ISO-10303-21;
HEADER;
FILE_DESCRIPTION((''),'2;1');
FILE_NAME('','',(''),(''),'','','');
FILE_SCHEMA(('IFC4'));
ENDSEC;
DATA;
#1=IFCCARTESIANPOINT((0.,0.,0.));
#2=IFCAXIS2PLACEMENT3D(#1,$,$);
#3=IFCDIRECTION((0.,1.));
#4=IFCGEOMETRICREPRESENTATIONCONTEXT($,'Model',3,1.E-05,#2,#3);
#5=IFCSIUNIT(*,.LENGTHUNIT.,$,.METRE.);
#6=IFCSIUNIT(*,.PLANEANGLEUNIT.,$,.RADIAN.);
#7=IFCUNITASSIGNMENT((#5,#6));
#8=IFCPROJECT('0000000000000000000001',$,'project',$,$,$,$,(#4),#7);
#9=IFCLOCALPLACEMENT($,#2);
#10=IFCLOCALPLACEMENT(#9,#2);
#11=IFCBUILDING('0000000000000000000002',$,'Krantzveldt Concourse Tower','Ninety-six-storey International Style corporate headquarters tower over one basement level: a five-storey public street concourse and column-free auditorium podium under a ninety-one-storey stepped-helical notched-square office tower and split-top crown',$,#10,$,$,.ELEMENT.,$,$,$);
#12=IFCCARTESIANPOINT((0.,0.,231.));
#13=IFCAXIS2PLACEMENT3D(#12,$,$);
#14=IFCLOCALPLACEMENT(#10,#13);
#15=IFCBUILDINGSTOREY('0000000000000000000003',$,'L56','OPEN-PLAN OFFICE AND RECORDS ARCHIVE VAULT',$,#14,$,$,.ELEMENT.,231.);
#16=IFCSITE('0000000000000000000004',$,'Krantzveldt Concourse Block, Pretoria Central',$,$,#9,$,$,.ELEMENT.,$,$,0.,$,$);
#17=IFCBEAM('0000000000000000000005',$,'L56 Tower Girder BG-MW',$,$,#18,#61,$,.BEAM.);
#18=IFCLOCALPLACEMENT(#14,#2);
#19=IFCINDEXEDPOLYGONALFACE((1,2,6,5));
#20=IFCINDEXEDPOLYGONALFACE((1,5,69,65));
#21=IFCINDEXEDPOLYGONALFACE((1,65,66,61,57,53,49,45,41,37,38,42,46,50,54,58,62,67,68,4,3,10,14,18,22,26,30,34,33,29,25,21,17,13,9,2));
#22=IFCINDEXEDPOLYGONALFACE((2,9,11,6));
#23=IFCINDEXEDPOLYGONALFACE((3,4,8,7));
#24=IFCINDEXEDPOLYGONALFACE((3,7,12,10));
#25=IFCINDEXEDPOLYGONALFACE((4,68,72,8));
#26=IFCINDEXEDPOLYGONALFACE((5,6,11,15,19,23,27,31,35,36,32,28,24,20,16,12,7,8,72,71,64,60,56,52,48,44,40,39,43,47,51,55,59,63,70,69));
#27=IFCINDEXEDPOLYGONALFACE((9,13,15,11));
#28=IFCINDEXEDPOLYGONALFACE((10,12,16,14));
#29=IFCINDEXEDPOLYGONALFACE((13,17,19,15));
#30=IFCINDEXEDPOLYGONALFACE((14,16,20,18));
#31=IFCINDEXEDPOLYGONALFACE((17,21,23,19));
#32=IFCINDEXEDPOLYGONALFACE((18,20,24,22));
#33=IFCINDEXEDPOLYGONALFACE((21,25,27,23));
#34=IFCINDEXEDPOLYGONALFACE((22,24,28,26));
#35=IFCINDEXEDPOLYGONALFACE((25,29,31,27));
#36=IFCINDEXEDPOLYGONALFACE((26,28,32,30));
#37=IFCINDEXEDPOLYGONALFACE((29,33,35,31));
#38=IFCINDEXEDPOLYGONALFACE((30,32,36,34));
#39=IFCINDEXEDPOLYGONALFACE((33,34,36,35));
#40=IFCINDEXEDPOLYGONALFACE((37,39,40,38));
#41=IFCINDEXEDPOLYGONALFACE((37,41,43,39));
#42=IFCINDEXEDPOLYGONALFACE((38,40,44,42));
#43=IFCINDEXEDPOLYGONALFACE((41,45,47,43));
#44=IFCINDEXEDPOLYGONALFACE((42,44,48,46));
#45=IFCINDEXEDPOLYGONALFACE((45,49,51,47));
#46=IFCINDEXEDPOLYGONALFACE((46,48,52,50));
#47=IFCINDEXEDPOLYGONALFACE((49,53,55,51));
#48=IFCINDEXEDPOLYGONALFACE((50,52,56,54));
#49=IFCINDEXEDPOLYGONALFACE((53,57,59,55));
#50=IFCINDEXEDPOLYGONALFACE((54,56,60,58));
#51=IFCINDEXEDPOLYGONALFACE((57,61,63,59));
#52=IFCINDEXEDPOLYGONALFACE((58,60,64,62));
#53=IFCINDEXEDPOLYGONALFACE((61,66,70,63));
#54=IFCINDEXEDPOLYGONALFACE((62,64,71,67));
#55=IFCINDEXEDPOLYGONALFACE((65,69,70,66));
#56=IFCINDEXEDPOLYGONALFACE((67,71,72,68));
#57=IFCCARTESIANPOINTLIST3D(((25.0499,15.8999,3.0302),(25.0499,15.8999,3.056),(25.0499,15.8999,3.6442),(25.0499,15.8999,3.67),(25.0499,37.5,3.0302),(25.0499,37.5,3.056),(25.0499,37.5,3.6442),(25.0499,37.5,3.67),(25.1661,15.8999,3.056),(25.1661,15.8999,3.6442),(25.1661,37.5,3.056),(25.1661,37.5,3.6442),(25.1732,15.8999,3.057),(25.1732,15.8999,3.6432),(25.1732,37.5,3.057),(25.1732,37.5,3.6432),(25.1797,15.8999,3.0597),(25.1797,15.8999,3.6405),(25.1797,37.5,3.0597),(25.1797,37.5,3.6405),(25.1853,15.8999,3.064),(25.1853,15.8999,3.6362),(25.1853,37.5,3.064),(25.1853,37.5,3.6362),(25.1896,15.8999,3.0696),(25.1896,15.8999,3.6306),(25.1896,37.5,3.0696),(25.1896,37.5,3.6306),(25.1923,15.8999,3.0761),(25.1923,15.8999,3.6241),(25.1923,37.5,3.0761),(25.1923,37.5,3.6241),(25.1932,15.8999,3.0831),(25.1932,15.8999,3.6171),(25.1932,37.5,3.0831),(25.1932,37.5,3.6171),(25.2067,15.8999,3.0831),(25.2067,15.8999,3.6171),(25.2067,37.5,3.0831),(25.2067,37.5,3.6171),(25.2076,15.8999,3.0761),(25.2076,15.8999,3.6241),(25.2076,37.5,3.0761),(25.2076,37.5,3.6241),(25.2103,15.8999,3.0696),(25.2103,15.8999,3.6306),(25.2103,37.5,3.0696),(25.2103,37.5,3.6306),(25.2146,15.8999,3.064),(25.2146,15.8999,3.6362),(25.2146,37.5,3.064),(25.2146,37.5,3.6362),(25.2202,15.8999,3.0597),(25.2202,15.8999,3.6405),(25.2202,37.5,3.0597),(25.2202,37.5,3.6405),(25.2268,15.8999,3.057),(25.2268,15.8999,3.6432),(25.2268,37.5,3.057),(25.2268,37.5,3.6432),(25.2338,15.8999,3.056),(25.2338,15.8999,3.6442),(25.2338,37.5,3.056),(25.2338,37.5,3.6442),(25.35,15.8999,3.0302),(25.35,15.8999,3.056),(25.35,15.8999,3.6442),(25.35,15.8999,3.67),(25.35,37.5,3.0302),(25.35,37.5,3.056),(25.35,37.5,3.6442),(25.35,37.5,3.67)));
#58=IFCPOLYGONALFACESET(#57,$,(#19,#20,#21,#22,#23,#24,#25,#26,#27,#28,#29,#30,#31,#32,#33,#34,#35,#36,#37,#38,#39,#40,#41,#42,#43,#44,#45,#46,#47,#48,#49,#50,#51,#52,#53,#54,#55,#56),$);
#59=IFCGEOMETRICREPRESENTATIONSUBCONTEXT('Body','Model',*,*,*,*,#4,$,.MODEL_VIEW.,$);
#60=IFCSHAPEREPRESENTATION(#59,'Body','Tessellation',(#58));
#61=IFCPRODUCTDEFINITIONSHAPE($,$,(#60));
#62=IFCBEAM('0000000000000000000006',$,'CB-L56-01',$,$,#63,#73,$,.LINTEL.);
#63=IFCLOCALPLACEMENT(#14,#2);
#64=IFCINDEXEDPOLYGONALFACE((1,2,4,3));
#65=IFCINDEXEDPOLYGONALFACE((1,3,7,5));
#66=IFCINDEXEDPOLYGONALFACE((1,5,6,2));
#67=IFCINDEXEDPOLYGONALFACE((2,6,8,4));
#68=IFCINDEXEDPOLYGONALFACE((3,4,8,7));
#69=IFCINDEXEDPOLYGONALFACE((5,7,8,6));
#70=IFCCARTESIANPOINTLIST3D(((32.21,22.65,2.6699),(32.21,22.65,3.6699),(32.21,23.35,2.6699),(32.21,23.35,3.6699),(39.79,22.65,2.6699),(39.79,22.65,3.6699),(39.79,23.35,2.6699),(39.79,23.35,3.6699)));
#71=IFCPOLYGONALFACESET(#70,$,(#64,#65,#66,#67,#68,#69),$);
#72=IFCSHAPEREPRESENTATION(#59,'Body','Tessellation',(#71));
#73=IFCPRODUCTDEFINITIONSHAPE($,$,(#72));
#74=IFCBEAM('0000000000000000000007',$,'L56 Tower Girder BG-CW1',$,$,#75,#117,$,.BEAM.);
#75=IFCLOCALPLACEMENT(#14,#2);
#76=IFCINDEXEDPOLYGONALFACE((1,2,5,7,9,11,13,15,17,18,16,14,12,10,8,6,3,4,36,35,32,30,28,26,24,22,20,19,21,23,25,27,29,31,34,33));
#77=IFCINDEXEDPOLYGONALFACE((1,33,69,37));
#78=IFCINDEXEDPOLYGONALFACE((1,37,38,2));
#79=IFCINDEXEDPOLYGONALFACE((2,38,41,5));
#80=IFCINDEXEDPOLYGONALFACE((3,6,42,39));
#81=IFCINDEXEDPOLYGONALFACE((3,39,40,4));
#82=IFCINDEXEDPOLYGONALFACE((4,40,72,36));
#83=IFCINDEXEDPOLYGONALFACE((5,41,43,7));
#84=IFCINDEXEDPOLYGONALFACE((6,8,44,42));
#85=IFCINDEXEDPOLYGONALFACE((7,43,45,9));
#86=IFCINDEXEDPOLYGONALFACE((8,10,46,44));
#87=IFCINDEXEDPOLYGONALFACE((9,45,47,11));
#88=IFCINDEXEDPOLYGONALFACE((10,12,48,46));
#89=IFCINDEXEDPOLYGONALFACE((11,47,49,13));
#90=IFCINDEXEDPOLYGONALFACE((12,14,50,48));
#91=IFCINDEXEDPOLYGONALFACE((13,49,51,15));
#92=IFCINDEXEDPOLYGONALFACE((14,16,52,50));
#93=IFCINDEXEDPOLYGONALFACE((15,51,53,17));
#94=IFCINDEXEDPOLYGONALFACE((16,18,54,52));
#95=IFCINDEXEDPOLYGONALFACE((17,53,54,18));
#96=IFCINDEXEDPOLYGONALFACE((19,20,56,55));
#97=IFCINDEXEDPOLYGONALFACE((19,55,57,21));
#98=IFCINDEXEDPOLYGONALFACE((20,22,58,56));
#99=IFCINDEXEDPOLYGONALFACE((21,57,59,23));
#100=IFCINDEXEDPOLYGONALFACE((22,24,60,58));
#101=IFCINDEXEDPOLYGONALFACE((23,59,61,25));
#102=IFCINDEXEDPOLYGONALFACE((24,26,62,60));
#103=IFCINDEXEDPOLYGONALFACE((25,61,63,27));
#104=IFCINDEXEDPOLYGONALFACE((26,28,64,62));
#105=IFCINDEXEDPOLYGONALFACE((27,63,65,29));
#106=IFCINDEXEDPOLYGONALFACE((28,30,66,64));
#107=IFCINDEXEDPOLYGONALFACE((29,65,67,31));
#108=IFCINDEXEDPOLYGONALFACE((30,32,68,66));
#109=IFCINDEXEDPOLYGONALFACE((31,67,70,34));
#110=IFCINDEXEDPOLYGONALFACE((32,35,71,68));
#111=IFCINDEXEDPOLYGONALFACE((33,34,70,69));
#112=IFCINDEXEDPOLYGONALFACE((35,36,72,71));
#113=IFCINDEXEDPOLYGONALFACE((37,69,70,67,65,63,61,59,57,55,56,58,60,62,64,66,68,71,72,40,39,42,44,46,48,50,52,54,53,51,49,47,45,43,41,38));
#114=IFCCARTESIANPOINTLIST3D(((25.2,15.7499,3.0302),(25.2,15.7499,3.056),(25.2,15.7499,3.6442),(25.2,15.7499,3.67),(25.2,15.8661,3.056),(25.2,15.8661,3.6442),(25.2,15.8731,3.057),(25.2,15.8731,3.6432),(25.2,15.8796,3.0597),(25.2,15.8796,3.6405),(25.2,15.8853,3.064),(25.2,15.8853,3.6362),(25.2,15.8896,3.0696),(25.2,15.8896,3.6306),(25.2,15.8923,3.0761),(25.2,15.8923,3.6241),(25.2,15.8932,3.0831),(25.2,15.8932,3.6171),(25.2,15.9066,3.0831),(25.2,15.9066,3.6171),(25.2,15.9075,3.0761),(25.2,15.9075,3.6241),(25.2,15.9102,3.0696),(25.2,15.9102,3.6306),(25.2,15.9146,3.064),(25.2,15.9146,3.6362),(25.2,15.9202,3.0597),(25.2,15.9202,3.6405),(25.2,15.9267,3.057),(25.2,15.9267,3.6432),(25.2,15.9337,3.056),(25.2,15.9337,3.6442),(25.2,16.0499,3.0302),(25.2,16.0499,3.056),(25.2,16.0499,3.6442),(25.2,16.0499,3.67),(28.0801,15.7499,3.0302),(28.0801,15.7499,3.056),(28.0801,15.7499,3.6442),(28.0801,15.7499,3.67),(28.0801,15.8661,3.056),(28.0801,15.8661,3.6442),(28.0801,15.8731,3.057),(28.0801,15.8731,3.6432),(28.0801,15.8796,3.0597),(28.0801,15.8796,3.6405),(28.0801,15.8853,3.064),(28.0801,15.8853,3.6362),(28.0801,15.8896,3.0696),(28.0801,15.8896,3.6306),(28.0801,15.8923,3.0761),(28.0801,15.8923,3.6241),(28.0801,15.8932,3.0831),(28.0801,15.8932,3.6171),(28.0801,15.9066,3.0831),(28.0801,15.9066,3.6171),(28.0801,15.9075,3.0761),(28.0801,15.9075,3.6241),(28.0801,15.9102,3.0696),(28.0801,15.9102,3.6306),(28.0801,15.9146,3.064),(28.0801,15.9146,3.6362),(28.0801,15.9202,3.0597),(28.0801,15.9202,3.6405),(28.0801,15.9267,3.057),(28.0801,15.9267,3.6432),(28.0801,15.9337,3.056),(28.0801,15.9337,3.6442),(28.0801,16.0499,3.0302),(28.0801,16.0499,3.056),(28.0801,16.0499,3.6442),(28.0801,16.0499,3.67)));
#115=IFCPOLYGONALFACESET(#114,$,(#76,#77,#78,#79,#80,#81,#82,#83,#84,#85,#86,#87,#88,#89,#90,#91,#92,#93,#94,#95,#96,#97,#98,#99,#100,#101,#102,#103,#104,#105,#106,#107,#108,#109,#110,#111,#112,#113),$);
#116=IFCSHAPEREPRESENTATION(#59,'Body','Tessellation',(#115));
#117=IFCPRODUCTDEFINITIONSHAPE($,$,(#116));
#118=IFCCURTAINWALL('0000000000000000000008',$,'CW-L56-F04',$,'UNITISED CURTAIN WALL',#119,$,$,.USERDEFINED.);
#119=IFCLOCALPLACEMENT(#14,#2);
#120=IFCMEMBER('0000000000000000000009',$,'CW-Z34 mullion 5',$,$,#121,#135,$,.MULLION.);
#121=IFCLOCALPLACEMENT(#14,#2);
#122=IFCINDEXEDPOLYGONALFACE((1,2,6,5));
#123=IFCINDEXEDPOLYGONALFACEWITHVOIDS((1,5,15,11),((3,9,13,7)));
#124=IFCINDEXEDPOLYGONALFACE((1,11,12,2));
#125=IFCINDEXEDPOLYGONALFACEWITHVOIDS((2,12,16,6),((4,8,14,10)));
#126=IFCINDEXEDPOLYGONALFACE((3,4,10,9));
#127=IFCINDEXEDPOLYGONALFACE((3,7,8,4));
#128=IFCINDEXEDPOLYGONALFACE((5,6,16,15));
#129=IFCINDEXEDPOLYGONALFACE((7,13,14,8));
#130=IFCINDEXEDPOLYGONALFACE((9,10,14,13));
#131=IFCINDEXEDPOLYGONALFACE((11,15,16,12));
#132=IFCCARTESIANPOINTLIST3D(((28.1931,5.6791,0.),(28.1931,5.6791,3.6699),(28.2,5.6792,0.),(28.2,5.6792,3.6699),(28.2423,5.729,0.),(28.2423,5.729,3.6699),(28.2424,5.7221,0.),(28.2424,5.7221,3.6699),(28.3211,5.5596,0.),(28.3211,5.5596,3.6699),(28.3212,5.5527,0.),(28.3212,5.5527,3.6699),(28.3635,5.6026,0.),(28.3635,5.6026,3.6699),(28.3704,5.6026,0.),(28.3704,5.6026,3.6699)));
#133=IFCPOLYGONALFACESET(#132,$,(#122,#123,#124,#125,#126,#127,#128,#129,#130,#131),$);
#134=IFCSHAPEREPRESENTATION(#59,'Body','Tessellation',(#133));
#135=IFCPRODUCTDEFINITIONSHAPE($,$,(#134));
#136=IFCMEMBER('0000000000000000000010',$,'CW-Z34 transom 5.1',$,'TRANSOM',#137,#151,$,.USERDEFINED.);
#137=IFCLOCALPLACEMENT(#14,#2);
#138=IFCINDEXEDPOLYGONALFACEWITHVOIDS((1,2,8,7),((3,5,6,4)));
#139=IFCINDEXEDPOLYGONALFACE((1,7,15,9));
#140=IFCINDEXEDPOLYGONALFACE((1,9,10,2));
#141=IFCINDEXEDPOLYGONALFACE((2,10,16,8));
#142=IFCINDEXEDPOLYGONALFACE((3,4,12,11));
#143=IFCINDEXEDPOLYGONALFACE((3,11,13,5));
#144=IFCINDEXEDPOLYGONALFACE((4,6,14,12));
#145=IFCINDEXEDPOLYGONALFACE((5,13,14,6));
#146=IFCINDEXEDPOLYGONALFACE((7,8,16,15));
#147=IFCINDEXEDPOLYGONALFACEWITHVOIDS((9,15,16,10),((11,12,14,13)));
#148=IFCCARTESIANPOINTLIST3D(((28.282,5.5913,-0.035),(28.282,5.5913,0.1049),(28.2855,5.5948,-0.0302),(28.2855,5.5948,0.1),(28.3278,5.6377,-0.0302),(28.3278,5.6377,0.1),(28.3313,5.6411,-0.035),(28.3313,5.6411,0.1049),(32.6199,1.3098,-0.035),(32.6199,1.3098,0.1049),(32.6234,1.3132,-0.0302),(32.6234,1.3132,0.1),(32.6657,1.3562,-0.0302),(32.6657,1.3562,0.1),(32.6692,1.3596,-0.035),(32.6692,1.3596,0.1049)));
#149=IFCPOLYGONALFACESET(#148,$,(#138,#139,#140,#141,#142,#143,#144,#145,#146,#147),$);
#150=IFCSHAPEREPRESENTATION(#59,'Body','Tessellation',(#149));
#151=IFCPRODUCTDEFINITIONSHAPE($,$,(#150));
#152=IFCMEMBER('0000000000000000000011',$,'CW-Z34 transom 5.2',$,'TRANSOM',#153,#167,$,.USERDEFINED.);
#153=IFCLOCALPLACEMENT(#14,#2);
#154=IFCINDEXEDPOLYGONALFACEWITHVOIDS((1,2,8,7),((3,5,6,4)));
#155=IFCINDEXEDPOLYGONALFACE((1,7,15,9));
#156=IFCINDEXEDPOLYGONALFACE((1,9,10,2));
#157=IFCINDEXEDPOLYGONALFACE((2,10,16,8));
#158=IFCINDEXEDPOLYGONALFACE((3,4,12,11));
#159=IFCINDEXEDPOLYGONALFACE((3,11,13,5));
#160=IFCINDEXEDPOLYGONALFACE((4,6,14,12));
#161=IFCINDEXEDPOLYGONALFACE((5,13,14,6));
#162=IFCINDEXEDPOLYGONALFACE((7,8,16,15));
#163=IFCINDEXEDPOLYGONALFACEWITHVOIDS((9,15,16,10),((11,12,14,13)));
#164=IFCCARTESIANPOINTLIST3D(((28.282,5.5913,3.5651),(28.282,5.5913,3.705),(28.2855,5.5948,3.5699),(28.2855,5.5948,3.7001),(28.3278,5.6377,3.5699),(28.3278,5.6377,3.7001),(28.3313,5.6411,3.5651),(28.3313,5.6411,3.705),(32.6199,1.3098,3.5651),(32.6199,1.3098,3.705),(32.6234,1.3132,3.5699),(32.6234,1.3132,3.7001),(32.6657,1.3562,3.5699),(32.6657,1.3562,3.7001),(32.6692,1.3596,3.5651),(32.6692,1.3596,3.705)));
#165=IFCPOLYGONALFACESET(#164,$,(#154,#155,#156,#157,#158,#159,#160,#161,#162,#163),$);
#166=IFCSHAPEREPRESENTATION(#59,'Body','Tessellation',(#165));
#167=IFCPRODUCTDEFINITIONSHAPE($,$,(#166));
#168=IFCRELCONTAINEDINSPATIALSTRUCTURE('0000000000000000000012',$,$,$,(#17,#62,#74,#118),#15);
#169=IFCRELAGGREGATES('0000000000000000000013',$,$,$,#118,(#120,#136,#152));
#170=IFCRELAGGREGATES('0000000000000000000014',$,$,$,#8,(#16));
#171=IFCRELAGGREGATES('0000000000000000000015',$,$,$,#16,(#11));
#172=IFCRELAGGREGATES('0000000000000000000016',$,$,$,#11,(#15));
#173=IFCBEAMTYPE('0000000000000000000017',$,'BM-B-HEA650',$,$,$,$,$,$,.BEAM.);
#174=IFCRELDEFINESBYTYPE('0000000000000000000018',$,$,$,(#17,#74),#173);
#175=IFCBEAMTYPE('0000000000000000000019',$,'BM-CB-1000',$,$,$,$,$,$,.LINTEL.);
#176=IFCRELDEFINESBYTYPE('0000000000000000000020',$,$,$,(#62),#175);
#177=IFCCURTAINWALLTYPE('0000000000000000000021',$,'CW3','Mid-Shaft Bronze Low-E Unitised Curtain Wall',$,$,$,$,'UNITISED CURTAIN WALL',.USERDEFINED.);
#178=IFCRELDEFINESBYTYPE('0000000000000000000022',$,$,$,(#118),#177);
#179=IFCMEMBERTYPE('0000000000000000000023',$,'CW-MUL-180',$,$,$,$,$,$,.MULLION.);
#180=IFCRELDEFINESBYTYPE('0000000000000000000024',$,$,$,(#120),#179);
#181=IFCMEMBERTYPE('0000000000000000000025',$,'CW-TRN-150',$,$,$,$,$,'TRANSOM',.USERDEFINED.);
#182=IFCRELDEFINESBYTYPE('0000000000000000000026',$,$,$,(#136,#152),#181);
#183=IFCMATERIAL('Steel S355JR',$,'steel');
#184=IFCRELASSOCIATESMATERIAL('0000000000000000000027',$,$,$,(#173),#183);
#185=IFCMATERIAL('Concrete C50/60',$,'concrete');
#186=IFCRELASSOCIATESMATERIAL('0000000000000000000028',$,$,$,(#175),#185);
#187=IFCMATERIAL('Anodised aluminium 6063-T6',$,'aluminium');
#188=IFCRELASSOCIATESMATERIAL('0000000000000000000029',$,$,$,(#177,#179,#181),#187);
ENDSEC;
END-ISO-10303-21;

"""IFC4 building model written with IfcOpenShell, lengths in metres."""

from ifc_helpers import new_model, si_unit, direction, frame, origin, origin_2d, place, context, subcontext, project, spatial, rectangle, hollow_rectangle, i_section, extrude, source, transform, mapped, material, material_profile, profile_set, type_object, type_shapes, element, aggregate, save


model = new_model("IFC4")

# Units and contexts
model_context = context("Model", 3, precision=1e-05, world=origin(), true_north=direction((0.0, 1.0)))
body_context = subcontext(model_context, "Body", "Model", "MODEL_VIEW")
ifc_project = project(units=[si_unit("LENGTHUNIT", "METRE"), si_unit("PLANEANGLEUNIT", "RADIAN")], contexts=[model_context])

# Site, building, storey
site_placement = place(None, origin())
site = spatial("IfcSite", under=ifc_project, at=site_placement, Name="Krantzveldt Concourse Block, Pretoria Central", CompositionType="ELEMENT", RefElevation=0.0)
building_placement = place(site_placement, origin())
building = spatial("IfcBuilding", under=site, at=building_placement, Name="Krantzveldt Concourse Tower", Description="Ninety-six-storey International Style corporate headquarters tower over one basement level: a five-storey public street concourse and column-free auditorium podium under a ninety-one-storey stepped-helical notched-square office tower and split-top crown", CompositionType="ELEMENT")
storey_placement = place(building_placement, frame((0.0, 0.0, 231.0)))
storey = spatial("IfcBuildingStorey", under=building, at=storey_placement, Name="L56", Description="OPEN-PLAN OFFICE AND RECORDS ARCHIVE VAULT", CompositionType="ELEMENT", Elevation=231.0)

# Beams
ifc_material_1 = material(Name="Steel S355JR", Category="steel")
ifc_material_profile_1 = material_profile(ifc_material_1, i_section(OverallWidth=0.3, OverallDepth=0.6399, WebThickness=0.0134, FlangeThickness=0.0259, FilletRadius=0.0271, at=origin_2d()), Name="Steel S355JR", Category="steel")
ifc_profile_set_1 = profile_set([ifc_material_profile_1], Name="Steel S355JR - HEA 650")
beam_type_1 = type_object("IfcBeamType", Name="BM-B-HEA650", PredefinedType="BEAM", material=ifc_profile_set_1)
shared_shape_1 = source(origin(), body_context, "Body", "SweptSolid", [
    extrude(i_section(OverallWidth=0.3, OverallDepth=0.6399, WebThickness=0.0134, FlangeThickness=0.0259, FilletRadius=0.0271, at=origin_2d()), origin(), (0.0, 0.0, 1.0), 21.6001),
])
beam_1_placement = place(storey_placement, frame((25.2, 15.8999, 3.3501), z_axis=(0.0, 1.0, 0.0), x_axis=(-1.0, 0.0, 0.0)))
element("IfcBeam", 1, at=beam_1_placement, inside=storey, type_object=beam_type_1, Name="L56 Tower Girder BG-MW", PredefinedType="BEAM", context=body_context, shape_type="MappedRepresentation", body=[
    mapped(shared_shape_1, transform((0.0, 0.0, 0.0), x_axis=(1.0, 0.0, 0.0), y_axis=(0.0, 1.0, 0.0), z_axis=(0.0, 0.0, 1.0), scale=1.0)),
])
ifc_material_2 = material(Name="Concrete C50/60", Category="concrete")
ifc_material_profile_2 = material_profile(ifc_material_2, rectangle(XDim=0.7, YDim=1.0, at=origin_2d()), Name="Concrete C50/60", Category="concrete")
ifc_profile_set_2 = profile_set([ifc_material_profile_2], Name="Concrete C50/60 - RC-CB 700x1000")
beam_type_2 = type_object("IfcBeamType", Name="BM-CB-1000", PredefinedType="LINTEL", material=ifc_profile_set_2)
shared_shape_2 = source(origin(), body_context, "Body", "SweptSolid", [
    extrude(rectangle(XDim=0.7, YDim=1.0, at=origin_2d()), origin(), (0.0, 0.0, 1.0), 7.5801),
])
type_shapes(beam_type_2, [shared_shape_2])
beam_2_placement = place(storey_placement, frame((32.21, 23.0, 3.1699), z_axis=(1.0, 0.0, 0.0), x_axis=(0.0, 1.0, 0.0)))
element("IfcBeam", 2, at=beam_2_placement, inside=storey, type_object=beam_type_2, Name="CB-L56-01", PredefinedType="LINTEL", context=body_context, shape_type="MappedRepresentation", body=[
    mapped(shared_shape_2, transform((0.0, 0.0, 0.0), x_axis=(1.0, 0.0, 0.0), y_axis=(0.0, 1.0, 0.0), z_axis=(0.0, 0.0, 1.0), scale=1.0)),
])
shared_shape_3 = source(origin(), body_context, "Body", "SweptSolid", [
    extrude(i_section(OverallWidth=0.3, OverallDepth=0.6399, WebThickness=0.0134, FlangeThickness=0.0259, FilletRadius=0.0271, at=origin_2d()), origin(), (0.0, 0.0, 1.0), 2.8801),
])
type_shapes(beam_type_1, [shared_shape_1, shared_shape_3])
beam_3_placement = place(storey_placement, frame((25.2, 15.8999, 3.3501), z_axis=(1.0, 0.0, 0.0), x_axis=(0.0, 1.0, 0.0)))
element("IfcBeam", 3, at=beam_3_placement, inside=storey, type_object=beam_type_1, Name="L56 Tower Girder BG-CW1", PredefinedType="BEAM", context=body_context, shape_type="MappedRepresentation", body=[
    mapped(shared_shape_3, transform((0.0, 0.0, 0.0), x_axis=(1.0, 0.0, 0.0), y_axis=(0.0, 1.0, 0.0), z_axis=(0.0, 0.0, 1.0), scale=1.0)),
])

# Curtain wall, members
ifc_material_3 = material(Name="Anodised aluminium 6063-T6", Category="aluminium")
curtain_wall_type = type_object("IfcCurtainWallType", Name="CW3", Description="Mid-Shaft Bronze Low-E Unitised Curtain Wall", ElementType="UNITISED CURTAIN WALL", PredefinedType="USERDEFINED", material=ifc_material_3)
curtain_wall_placement = place(storey_placement, origin())
curtain_wall = element("IfcCurtainWall", 4, at=curtain_wall_placement, inside=storey, type_object=curtain_wall_type, Name="CW-L56-F04", ObjectType="UNITISED CURTAIN WALL", PredefinedType="USERDEFINED")
ifc_material_profile_3 = material_profile(ifc_material_3, hollow_rectangle(XDim=0.0701, YDim=0.1799, WallThickness=0.0049, at=origin_2d()), Name="Anodised aluminium 6063-T6", Category="aluminium")
ifc_profile_set_3 = profile_set([ifc_material_profile_3], Name="Anodised aluminium 6063-T6 - ALU-MULL 180x70x5")
member_type_1 = type_object("IfcMemberType", Name="CW-MUL-180", PredefinedType="MULLION", material=ifc_profile_set_3)
shared_shape_4 = source(origin(), body_context, "Body", "SweptSolid", [
    extrude(hollow_rectangle(XDim=0.0701, YDim=0.1799, WallThickness=0.0049, at=origin_2d()), origin(), (0.0, 0.0, 1.0), 3.6699),
])
type_shapes(member_type_1, [shared_shape_4])
member_1_placement = place(storey_placement, frame((28.2817, 5.6409, 0.0), z_axis=(0.0, 0.0, 1.0), x_axis=(0.702464, 0.71172, 0.0)))
member_1 = element("IfcMember", 5, at=member_1_placement, type_object=member_type_1, Name="CW-Z34 mullion 5", PredefinedType="MULLION", context=body_context, shape_type="MappedRepresentation", body=[
    mapped(shared_shape_4, transform((0.0, 0.0, 0.0), x_axis=(1.0, 0.0, 0.0), y_axis=(0.0, 1.0, 0.0), z_axis=(0.0, 0.0, 1.0), scale=1.0)),
])
ifc_material_profile_4 = material_profile(ifc_material_3, hollow_rectangle(XDim=0.0701, YDim=0.1399, WallThickness=0.0049, at=origin_2d()), Name="Anodised aluminium 6063-T6", Category="aluminium")
ifc_profile_set_4 = profile_set([ifc_material_profile_4], Name="Anodised aluminium 6063-T6 - ALU-TRAN 140x70x5")
member_type_2 = type_object("IfcMemberType", Name="CW-TRN-150", ElementType="TRANSOM", PredefinedType="USERDEFINED", material=ifc_profile_set_4)
shared_shape_5 = source(origin(), body_context, "Body", "SweptSolid", [
    extrude(hollow_rectangle(XDim=0.0701, YDim=0.1399, WallThickness=0.0049, at=origin_2d()), origin(), (0.0, 0.0, 1.0), 6.095),
])
type_shapes(member_type_2, [shared_shape_5])
member_2_placement = place(storey_placement, frame((28.3066, 5.6162, 0.0349), z_axis=(0.711718, -0.702465, 0.0), x_axis=(0.702465, 0.711718, 0.0)))
member_2 = element("IfcMember", 6, at=member_2_placement, type_object=member_type_2, Name="CW-Z34 transom 5.1", ObjectType="TRANSOM", PredefinedType="USERDEFINED", context=body_context, shape_type="MappedRepresentation", body=[
    mapped(shared_shape_5, transform((0.0, 0.0, 0.0), x_axis=(1.0, 0.0, 0.0), y_axis=(0.0, 1.0, 0.0), z_axis=(0.0, 0.0, 1.0), scale=1.0)),
])
member_3_placement = place(storey_placement, frame((28.3066, 5.6162, 3.635), z_axis=(0.711718, -0.702465, 0.0), x_axis=(0.702465, 0.711718, 0.0)))
member_3 = element("IfcMember", 7, at=member_3_placement, type_object=member_type_2, Name="CW-Z34 transom 5.2", ObjectType="TRANSOM", PredefinedType="USERDEFINED", context=body_context, shape_type="MappedRepresentation", body=[
    mapped(shared_shape_5, transform((0.0, 0.0, 0.0), x_axis=(1.0, 0.0, 0.0), y_axis=(0.0, 1.0, 0.0), z_axis=(0.0, 0.0, 1.0), scale=1.0)),
])
aggregate(curtain_wall, [member_1, member_2, member_3])

save(model, "model.ifc")
